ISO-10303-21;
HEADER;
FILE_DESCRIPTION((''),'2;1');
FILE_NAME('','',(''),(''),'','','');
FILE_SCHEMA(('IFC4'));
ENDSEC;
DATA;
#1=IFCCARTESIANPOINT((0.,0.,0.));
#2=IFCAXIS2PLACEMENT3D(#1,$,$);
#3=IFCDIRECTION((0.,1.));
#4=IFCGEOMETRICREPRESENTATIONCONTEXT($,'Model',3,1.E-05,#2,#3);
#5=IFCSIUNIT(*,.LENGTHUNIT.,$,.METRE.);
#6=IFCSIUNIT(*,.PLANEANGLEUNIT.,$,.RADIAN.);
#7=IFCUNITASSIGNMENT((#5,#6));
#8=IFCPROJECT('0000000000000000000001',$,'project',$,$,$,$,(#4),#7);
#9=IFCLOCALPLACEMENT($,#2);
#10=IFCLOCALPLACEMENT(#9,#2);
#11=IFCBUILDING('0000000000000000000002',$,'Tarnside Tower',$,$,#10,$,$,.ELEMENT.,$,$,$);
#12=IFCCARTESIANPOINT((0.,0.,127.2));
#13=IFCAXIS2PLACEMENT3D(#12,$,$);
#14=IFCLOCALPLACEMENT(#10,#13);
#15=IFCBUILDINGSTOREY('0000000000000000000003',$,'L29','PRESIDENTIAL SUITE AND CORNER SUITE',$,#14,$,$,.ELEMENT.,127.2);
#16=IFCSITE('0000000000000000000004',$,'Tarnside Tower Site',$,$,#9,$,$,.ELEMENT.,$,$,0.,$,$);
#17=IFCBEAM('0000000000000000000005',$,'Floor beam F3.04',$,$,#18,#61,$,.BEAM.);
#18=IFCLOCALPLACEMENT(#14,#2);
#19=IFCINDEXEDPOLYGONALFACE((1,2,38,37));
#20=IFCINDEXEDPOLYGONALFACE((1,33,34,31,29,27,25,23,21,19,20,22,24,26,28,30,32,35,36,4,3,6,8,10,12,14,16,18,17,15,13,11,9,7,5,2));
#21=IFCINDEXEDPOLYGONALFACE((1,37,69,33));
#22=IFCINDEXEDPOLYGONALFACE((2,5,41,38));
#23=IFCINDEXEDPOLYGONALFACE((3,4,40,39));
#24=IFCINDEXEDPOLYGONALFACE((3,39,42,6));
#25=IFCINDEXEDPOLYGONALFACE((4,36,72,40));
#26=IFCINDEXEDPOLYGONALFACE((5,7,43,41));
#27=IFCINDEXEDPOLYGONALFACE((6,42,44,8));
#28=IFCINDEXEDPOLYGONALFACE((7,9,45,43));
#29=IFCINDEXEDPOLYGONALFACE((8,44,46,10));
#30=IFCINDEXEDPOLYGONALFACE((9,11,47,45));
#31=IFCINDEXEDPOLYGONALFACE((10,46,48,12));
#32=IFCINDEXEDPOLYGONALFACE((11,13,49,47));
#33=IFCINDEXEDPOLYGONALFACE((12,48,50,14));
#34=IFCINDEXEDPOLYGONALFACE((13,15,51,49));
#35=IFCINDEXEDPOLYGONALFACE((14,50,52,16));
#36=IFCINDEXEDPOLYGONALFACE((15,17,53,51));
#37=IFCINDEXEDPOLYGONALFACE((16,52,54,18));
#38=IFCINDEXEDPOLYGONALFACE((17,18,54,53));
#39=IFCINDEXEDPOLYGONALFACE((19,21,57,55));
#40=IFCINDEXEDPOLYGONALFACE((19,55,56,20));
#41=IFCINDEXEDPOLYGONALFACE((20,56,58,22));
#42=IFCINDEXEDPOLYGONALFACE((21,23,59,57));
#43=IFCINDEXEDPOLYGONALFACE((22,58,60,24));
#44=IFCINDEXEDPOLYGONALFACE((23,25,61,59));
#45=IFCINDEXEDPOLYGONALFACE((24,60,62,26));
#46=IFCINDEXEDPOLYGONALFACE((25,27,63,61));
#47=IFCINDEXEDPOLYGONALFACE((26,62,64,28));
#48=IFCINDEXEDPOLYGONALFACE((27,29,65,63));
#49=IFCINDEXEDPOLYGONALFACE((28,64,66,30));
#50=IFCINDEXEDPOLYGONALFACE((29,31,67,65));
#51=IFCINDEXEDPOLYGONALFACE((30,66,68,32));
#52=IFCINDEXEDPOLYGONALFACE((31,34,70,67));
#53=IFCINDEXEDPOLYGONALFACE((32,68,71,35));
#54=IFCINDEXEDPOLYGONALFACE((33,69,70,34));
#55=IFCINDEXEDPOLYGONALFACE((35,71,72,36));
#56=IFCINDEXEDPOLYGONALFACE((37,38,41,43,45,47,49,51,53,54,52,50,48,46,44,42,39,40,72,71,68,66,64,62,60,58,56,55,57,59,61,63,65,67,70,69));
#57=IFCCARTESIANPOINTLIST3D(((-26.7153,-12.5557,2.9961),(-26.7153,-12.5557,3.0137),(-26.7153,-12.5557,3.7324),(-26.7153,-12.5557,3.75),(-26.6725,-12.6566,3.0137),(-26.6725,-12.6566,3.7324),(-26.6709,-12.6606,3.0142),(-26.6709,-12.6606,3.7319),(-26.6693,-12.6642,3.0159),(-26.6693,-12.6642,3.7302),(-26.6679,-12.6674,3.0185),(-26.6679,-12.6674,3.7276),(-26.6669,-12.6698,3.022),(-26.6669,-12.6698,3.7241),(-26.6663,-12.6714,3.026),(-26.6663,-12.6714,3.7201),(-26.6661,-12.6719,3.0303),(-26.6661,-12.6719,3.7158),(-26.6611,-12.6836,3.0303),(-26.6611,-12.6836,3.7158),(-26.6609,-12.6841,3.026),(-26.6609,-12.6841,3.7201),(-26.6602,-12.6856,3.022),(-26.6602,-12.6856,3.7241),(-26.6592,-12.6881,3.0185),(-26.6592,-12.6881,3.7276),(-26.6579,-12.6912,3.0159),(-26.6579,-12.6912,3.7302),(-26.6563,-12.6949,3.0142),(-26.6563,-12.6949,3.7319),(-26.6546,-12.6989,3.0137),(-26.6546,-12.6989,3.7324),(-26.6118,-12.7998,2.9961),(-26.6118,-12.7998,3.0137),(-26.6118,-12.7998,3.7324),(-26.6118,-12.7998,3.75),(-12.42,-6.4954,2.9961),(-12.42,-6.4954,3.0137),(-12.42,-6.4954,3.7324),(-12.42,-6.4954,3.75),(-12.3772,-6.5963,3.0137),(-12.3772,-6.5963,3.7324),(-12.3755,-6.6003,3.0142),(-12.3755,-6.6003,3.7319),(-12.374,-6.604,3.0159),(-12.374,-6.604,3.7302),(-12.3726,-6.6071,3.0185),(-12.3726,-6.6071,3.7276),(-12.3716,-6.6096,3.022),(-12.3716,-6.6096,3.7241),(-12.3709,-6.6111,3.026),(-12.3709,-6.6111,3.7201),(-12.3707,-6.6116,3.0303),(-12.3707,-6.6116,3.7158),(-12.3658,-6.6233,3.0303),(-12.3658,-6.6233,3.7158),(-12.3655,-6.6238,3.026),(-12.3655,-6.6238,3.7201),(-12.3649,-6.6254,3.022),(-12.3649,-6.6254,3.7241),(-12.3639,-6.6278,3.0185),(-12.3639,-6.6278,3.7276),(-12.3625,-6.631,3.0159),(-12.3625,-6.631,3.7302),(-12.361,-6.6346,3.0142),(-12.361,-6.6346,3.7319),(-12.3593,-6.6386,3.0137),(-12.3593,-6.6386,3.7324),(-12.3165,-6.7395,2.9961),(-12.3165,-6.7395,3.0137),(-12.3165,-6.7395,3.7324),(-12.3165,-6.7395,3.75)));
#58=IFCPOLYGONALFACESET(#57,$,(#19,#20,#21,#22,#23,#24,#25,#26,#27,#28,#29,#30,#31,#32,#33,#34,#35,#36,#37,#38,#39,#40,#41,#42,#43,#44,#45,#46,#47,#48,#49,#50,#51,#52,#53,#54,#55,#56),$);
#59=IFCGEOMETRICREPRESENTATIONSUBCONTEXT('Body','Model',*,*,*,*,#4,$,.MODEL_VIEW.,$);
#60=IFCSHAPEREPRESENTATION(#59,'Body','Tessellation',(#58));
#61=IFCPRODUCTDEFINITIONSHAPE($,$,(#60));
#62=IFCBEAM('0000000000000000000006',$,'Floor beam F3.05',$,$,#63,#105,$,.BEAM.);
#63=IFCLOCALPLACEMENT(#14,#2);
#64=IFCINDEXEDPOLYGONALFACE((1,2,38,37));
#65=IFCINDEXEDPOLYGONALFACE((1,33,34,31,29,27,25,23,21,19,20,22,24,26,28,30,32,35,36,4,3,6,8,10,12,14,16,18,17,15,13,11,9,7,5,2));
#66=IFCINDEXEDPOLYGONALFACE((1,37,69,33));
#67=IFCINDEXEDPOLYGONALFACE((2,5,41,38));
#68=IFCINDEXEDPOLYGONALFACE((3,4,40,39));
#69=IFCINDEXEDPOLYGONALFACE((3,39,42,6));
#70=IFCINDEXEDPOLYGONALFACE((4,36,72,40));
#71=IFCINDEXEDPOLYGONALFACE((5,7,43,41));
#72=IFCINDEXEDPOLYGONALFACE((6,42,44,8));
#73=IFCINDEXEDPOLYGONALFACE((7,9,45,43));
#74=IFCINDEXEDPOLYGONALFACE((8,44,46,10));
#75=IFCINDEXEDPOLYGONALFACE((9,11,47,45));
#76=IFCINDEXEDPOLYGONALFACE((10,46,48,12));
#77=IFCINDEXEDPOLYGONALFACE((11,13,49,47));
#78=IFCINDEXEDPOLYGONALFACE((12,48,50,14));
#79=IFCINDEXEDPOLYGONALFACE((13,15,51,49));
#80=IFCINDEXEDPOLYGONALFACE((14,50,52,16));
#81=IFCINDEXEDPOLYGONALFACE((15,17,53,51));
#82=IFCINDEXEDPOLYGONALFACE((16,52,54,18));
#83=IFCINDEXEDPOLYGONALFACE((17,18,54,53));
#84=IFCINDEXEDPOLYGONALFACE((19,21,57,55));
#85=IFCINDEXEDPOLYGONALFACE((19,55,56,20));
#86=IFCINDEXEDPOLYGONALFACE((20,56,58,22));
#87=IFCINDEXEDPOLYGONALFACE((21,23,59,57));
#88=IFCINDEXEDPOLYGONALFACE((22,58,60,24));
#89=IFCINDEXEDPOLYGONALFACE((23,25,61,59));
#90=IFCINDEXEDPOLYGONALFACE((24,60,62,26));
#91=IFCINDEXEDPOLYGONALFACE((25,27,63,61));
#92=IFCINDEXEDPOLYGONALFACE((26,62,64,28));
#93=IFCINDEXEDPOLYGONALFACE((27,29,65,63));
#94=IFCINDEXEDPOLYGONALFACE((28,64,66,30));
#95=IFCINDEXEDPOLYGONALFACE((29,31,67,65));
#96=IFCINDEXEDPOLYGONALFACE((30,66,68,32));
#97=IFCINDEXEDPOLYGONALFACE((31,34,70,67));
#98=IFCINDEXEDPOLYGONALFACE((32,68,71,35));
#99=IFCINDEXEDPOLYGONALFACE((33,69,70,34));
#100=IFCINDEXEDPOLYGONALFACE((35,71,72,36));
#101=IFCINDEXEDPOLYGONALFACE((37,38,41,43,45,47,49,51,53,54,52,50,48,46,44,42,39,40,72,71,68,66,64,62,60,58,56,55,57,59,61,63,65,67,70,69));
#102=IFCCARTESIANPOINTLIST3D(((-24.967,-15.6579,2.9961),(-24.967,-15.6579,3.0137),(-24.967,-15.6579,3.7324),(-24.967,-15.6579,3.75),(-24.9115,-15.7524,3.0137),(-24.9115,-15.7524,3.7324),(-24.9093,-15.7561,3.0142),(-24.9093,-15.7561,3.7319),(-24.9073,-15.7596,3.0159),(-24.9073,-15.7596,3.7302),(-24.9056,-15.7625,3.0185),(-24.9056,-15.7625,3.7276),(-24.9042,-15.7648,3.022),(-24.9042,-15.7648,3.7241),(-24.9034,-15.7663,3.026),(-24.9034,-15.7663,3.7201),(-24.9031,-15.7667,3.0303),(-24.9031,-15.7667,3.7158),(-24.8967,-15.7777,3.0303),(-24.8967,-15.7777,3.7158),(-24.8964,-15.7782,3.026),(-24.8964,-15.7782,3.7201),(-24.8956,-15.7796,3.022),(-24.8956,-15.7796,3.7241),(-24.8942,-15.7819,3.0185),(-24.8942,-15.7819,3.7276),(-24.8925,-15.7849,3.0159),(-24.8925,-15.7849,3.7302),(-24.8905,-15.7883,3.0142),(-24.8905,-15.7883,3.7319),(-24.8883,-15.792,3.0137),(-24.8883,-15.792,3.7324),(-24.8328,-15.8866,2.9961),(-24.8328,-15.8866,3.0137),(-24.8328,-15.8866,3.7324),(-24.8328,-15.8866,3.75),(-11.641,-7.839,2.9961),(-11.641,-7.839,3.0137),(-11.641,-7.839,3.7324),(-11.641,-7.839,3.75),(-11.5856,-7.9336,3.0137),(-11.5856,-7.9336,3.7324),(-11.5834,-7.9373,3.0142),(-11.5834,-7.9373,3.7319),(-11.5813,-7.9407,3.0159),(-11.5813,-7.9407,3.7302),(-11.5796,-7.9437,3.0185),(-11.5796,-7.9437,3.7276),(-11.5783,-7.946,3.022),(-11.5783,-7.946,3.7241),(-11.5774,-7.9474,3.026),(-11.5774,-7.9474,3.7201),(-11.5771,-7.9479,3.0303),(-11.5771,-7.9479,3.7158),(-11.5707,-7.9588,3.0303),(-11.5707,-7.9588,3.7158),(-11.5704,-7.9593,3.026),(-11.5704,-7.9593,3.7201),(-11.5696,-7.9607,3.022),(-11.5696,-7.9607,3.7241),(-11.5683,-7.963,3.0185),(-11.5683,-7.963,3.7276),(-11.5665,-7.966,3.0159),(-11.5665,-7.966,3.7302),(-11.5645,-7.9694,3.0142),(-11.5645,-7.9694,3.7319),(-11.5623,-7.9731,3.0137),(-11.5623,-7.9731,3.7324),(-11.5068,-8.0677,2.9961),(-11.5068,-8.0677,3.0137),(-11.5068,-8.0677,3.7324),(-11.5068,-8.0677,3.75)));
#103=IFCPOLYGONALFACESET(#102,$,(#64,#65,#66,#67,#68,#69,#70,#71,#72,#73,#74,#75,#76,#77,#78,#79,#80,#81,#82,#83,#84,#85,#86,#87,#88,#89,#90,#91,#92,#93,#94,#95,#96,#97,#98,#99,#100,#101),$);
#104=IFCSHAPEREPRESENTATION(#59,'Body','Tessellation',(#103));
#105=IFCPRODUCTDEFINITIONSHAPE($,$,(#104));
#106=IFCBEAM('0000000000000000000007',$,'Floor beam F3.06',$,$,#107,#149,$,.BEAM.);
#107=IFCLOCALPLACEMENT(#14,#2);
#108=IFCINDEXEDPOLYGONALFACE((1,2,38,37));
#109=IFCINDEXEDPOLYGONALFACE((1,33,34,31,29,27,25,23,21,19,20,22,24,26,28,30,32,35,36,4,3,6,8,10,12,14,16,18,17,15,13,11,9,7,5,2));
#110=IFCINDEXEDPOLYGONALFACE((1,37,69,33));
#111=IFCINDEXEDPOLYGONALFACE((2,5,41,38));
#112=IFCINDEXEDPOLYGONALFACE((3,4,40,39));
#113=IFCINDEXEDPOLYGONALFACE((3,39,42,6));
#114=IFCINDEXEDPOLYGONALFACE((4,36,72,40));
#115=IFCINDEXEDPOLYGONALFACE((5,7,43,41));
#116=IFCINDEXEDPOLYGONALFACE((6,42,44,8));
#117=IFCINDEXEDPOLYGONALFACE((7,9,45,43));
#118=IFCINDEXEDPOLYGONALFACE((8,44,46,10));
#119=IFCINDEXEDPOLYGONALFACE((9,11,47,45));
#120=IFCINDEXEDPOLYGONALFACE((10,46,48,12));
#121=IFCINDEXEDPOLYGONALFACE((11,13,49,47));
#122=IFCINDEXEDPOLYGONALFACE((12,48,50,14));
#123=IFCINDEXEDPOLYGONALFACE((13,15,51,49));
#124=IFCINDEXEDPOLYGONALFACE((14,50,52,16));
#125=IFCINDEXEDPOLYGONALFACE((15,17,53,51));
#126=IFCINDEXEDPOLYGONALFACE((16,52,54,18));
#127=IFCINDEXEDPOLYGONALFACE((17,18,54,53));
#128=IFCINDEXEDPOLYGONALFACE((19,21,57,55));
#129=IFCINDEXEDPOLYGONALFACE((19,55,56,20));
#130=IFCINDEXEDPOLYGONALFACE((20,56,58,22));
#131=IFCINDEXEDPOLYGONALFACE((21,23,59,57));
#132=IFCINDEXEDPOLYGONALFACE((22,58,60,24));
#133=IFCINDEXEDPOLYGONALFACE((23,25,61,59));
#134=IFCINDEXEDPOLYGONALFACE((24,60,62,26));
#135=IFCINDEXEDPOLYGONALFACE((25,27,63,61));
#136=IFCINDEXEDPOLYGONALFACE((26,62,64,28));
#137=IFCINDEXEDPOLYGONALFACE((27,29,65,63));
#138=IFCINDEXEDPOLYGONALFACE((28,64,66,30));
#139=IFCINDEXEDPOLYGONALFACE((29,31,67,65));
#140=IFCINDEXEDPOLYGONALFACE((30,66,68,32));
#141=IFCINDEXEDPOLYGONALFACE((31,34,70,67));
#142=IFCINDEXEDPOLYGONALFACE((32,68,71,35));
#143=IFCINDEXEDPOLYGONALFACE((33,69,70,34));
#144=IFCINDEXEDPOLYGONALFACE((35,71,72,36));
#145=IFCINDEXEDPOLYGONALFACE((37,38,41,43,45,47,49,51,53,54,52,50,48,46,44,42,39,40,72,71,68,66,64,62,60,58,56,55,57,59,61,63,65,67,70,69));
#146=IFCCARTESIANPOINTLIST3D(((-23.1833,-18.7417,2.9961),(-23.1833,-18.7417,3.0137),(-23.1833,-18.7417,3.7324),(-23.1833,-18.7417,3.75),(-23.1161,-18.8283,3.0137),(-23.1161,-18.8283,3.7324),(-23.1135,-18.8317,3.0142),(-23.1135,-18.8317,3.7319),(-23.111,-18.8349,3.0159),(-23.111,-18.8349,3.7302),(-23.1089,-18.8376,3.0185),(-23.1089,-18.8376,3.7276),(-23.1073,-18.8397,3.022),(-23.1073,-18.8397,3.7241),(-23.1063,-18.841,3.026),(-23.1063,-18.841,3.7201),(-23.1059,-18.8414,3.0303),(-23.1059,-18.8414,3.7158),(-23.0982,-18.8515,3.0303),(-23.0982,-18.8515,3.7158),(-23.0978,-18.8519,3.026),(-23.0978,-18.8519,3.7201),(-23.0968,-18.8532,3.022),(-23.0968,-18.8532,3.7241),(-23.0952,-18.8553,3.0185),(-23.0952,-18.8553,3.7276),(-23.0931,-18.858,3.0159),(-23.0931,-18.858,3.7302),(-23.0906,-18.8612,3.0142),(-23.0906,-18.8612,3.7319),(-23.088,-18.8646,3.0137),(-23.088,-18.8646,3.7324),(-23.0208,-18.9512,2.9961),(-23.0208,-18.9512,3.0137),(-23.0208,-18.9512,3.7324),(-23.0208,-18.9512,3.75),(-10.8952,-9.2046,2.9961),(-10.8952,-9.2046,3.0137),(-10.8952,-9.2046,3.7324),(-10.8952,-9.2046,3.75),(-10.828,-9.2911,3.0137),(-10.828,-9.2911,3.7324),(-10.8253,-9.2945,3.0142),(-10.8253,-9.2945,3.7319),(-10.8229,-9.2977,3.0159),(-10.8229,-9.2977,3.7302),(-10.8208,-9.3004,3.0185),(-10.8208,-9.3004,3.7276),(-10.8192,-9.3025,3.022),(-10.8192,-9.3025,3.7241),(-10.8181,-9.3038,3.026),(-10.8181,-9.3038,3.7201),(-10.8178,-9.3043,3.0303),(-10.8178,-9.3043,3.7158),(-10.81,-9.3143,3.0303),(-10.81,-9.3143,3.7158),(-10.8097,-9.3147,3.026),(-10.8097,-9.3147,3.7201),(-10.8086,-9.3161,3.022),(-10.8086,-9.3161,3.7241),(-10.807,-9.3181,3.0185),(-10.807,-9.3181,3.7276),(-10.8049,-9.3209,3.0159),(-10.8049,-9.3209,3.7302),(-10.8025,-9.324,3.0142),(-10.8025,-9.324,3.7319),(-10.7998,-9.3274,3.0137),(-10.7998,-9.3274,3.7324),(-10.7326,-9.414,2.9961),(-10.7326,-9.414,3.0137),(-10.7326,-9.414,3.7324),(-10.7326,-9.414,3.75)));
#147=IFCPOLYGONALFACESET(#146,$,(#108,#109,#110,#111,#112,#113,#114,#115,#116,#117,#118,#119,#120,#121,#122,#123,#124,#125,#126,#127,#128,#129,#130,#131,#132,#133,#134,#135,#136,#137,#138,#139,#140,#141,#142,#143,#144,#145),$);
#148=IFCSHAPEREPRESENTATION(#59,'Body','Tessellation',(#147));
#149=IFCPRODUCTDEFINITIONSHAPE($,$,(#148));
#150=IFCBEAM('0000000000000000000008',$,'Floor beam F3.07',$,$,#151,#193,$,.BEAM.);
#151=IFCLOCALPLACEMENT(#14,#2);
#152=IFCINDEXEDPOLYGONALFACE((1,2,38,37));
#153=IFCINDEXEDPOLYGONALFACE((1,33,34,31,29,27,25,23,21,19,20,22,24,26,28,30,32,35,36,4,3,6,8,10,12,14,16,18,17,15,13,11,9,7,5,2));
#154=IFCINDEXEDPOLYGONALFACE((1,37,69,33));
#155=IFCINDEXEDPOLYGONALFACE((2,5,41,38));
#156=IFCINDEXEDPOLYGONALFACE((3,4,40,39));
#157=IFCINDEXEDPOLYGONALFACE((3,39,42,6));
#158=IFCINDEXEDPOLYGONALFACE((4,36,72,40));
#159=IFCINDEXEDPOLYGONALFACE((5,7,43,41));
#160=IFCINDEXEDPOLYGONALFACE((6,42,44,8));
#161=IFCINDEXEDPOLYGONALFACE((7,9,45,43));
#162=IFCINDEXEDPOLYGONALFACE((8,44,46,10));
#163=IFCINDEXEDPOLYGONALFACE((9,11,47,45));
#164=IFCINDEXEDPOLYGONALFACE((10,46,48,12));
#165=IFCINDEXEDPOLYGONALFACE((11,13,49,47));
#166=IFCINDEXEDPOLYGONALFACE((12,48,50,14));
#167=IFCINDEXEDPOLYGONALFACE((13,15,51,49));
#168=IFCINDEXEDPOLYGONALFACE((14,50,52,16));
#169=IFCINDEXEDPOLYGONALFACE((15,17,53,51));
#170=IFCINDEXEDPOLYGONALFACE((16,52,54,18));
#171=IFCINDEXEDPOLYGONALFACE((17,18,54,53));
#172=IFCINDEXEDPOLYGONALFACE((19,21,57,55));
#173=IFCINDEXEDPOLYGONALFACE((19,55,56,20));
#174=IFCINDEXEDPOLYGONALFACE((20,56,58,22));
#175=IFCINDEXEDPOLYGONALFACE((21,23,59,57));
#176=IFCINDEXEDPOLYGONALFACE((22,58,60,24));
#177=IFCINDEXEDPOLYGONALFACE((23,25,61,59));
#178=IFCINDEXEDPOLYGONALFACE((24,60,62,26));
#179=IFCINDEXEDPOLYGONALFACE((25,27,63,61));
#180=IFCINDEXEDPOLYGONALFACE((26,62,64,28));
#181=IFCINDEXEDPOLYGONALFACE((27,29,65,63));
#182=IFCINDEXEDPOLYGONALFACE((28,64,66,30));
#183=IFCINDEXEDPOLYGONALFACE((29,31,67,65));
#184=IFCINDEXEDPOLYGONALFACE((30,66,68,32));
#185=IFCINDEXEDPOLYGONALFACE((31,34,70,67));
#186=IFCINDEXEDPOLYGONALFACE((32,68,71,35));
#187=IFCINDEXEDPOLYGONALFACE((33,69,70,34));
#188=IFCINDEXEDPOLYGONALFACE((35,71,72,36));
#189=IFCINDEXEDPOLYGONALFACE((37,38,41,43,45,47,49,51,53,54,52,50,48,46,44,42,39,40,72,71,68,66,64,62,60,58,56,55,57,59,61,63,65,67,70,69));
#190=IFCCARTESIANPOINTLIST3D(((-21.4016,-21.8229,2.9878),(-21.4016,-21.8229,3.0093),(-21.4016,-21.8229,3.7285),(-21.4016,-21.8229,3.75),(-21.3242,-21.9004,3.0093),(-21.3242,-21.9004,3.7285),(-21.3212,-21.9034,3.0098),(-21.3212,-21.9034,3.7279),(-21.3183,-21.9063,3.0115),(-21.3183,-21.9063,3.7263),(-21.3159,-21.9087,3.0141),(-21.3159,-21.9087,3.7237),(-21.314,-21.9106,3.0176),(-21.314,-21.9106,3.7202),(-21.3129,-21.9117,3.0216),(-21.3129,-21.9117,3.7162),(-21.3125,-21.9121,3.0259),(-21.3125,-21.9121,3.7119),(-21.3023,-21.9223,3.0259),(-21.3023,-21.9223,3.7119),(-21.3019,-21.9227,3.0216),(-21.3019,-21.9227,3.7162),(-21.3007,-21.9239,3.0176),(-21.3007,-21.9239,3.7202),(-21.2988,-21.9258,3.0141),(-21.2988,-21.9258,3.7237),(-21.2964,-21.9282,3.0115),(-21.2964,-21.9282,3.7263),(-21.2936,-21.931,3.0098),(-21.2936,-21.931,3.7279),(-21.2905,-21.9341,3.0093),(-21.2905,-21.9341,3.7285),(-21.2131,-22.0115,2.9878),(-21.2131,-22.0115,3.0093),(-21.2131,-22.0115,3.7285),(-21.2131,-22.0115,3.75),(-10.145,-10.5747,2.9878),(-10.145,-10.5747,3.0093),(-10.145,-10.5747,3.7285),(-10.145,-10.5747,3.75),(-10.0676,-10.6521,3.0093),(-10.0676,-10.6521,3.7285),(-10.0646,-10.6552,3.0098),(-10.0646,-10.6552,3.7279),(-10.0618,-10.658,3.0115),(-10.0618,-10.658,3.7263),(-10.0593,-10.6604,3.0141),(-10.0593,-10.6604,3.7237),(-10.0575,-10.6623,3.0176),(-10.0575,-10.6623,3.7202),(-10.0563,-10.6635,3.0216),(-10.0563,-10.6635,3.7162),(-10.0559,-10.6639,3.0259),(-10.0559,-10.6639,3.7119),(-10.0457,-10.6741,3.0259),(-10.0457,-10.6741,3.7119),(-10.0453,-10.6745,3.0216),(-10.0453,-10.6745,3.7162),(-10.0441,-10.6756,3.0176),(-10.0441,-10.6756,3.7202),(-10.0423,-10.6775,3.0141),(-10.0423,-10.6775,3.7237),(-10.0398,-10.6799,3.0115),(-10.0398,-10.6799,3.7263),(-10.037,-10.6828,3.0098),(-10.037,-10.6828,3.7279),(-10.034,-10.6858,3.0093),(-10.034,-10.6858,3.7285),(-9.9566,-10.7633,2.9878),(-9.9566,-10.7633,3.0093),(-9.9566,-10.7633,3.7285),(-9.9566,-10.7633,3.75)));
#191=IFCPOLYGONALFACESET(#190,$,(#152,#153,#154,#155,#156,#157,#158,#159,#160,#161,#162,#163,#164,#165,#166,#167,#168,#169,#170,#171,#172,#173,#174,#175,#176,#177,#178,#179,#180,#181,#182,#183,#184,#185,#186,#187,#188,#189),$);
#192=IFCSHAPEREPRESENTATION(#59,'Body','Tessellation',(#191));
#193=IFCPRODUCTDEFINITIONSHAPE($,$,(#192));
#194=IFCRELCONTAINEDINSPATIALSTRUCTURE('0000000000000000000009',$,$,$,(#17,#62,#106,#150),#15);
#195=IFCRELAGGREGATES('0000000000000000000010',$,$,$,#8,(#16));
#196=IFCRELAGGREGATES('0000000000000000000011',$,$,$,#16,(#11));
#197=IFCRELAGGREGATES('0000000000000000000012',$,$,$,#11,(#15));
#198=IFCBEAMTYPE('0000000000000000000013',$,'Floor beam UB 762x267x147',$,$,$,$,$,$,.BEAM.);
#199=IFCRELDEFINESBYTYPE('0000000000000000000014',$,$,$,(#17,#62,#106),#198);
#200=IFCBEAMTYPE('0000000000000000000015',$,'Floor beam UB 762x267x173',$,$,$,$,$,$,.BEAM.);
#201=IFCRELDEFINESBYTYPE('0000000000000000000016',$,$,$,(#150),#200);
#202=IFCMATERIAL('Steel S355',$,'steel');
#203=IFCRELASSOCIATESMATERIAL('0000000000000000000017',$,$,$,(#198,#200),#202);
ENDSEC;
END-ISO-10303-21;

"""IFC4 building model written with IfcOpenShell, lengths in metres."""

from ifc_helpers import new_model, si_unit, direction, frame, origin, origin_2d, place, context, subcontext, project, spatial, i_section, extrude, material, material_profile, profile_set, type_object, element, save


model = new_model("IFC4")

# Units and contexts
model_context = context("Model", 3, precision=1e-05, world=origin(), true_north=direction((0.0, 1.0)))
body_context = subcontext(model_context, "Body", "Model", "MODEL_VIEW")
ifc_project = project(units=[si_unit("LENGTHUNIT", "METRE"), si_unit("PLANEANGLEUNIT", "RADIAN")], contexts=[model_context])

# Site, building, storey
site_placement = place(None, origin())
site = spatial("IfcSite", under=ifc_project, at=site_placement, Name="Tarnside Tower Site", CompositionType="ELEMENT", RefElevation=0.0)
building_placement = place(site_placement, origin())
building = spatial("IfcBuilding", under=site, at=building_placement, Name="Tarnside Tower", CompositionType="ELEMENT")
storey_placement = place(building_placement, frame((0.0, 0.0, 127.2)))
storey = spatial("IfcBuildingStorey", under=building, at=storey_placement, Name="L29", Description="PRESIDENTIAL SUITE AND CORNER SUITE", CompositionType="ELEMENT", Elevation=127.2)

# Beams
ifc_material_1 = material(Name="Steel S355", Category="steel")
ifc_material_profile_1 = material_profile(ifc_material_1, i_section(OverallWidth=0.2651, OverallDepth=0.7539, WebThickness=0.0127, FlangeThickness=0.0176, FilletRadius=0.0166, at=origin_2d()), Name="UB 762x267x147")
ifc_profile_set_1 = profile_set([ifc_material_profile_1], Name="Steel S355")
beam_type_1 = type_object("IfcBeamType", Name="Floor beam UB 762x267x147", PredefinedType="BEAM", material=ifc_profile_set_1)
beam_1_placement = place(storey_placement, frame((-26.6636, -12.6777, 3.373), z_axis=(0.920684, 0.390309, 0.0), x_axis=(-0.390309, 0.920684, 0.0)))
element("IfcBeam", 1, at=beam_1_placement, inside=storey, type_object=beam_type_1, Name="Floor beam F3.04", PredefinedType="BEAM", context=body_context, shape_type="SweptSolid", body=[
    extrude(i_section(OverallWidth=0.2651, OverallDepth=0.7539, WebThickness=0.0127, FlangeThickness=0.0176, FilletRadius=0.0166, at=origin_2d()), origin(), (0.0, 0.0, 1.0), 15.5269),
])
beam_2_placement = place(storey_placement, frame((-24.8999, -15.7722, 3.373), z_axis=(0.862498, 0.506061, 0.0), x_axis=(-0.506061, 0.862498, 0.0)))
element("IfcBeam", 2, at=beam_2_placement, inside=storey, type_object=beam_type_1, Name="Floor beam F3.05", PredefinedType="BEAM", context=body_context, shape_type="SweptSolid", body=[
    extrude(i_section(OverallWidth=0.2651, OverallDepth=0.7539, WebThickness=0.0127, FlangeThickness=0.0176, FilletRadius=0.0166, at=origin_2d()), origin(), (0.0, 0.0, 1.0), 15.4504),
])
beam_3_placement = place(storey_placement, frame((-23.1021, -18.8464, 3.373), z_axis=(0.789984, 0.613128, 0.0), x_axis=(-0.613128, 0.789984, 0.0)))
element("IfcBeam", 3, at=beam_3_placement, inside=storey, type_object=beam_type_1, Name="Floor beam F3.06", PredefinedType="BEAM", context=body_context, shape_type="SweptSolid", body=[
    extrude(i_section(OverallWidth=0.2651, OverallDepth=0.7539, WebThickness=0.0127, FlangeThickness=0.0176, FilletRadius=0.0166, at=origin_2d()), origin(), (0.0, 0.0, 1.0), 15.5549),
])
ifc_material_profile_2 = material_profile(ifc_material_1, i_section(OverallWidth=0.2666, OverallDepth=0.7622, WebThickness=0.0144, FlangeThickness=0.0215, FilletRadius=0.0166, at=origin_2d()), Name="UB 762x267x173")
ifc_profile_set_2 = profile_set([ifc_material_profile_2], Name="Steel S355")
beam_type_2 = type_object("IfcBeamType", Name="Floor beam UB 762x267x173", PredefinedType="BEAM", material=ifc_profile_set_2)
beam_4_placement = place(storey_placement, frame((-21.3074, -21.9172, 3.3689), z_axis=(0.707368, 0.706846, 0.0), x_axis=(-0.706846, 0.707368, 0.0)))
element("IfcBeam", 4, at=beam_4_placement, inside=storey, type_object=beam_type_2, Name="Floor beam F3.07", PredefinedType="BEAM", context=body_context, shape_type="SweptSolid", body=[
    extrude(i_section(OverallWidth=0.2666, OverallDepth=0.7622, WebThickness=0.0144, FlangeThickness=0.0215, FilletRadius=0.0166, at=origin_2d()), origin(), (0.0, 0.0, 1.0), 15.9133),
])

save(model, "model.ifc")
